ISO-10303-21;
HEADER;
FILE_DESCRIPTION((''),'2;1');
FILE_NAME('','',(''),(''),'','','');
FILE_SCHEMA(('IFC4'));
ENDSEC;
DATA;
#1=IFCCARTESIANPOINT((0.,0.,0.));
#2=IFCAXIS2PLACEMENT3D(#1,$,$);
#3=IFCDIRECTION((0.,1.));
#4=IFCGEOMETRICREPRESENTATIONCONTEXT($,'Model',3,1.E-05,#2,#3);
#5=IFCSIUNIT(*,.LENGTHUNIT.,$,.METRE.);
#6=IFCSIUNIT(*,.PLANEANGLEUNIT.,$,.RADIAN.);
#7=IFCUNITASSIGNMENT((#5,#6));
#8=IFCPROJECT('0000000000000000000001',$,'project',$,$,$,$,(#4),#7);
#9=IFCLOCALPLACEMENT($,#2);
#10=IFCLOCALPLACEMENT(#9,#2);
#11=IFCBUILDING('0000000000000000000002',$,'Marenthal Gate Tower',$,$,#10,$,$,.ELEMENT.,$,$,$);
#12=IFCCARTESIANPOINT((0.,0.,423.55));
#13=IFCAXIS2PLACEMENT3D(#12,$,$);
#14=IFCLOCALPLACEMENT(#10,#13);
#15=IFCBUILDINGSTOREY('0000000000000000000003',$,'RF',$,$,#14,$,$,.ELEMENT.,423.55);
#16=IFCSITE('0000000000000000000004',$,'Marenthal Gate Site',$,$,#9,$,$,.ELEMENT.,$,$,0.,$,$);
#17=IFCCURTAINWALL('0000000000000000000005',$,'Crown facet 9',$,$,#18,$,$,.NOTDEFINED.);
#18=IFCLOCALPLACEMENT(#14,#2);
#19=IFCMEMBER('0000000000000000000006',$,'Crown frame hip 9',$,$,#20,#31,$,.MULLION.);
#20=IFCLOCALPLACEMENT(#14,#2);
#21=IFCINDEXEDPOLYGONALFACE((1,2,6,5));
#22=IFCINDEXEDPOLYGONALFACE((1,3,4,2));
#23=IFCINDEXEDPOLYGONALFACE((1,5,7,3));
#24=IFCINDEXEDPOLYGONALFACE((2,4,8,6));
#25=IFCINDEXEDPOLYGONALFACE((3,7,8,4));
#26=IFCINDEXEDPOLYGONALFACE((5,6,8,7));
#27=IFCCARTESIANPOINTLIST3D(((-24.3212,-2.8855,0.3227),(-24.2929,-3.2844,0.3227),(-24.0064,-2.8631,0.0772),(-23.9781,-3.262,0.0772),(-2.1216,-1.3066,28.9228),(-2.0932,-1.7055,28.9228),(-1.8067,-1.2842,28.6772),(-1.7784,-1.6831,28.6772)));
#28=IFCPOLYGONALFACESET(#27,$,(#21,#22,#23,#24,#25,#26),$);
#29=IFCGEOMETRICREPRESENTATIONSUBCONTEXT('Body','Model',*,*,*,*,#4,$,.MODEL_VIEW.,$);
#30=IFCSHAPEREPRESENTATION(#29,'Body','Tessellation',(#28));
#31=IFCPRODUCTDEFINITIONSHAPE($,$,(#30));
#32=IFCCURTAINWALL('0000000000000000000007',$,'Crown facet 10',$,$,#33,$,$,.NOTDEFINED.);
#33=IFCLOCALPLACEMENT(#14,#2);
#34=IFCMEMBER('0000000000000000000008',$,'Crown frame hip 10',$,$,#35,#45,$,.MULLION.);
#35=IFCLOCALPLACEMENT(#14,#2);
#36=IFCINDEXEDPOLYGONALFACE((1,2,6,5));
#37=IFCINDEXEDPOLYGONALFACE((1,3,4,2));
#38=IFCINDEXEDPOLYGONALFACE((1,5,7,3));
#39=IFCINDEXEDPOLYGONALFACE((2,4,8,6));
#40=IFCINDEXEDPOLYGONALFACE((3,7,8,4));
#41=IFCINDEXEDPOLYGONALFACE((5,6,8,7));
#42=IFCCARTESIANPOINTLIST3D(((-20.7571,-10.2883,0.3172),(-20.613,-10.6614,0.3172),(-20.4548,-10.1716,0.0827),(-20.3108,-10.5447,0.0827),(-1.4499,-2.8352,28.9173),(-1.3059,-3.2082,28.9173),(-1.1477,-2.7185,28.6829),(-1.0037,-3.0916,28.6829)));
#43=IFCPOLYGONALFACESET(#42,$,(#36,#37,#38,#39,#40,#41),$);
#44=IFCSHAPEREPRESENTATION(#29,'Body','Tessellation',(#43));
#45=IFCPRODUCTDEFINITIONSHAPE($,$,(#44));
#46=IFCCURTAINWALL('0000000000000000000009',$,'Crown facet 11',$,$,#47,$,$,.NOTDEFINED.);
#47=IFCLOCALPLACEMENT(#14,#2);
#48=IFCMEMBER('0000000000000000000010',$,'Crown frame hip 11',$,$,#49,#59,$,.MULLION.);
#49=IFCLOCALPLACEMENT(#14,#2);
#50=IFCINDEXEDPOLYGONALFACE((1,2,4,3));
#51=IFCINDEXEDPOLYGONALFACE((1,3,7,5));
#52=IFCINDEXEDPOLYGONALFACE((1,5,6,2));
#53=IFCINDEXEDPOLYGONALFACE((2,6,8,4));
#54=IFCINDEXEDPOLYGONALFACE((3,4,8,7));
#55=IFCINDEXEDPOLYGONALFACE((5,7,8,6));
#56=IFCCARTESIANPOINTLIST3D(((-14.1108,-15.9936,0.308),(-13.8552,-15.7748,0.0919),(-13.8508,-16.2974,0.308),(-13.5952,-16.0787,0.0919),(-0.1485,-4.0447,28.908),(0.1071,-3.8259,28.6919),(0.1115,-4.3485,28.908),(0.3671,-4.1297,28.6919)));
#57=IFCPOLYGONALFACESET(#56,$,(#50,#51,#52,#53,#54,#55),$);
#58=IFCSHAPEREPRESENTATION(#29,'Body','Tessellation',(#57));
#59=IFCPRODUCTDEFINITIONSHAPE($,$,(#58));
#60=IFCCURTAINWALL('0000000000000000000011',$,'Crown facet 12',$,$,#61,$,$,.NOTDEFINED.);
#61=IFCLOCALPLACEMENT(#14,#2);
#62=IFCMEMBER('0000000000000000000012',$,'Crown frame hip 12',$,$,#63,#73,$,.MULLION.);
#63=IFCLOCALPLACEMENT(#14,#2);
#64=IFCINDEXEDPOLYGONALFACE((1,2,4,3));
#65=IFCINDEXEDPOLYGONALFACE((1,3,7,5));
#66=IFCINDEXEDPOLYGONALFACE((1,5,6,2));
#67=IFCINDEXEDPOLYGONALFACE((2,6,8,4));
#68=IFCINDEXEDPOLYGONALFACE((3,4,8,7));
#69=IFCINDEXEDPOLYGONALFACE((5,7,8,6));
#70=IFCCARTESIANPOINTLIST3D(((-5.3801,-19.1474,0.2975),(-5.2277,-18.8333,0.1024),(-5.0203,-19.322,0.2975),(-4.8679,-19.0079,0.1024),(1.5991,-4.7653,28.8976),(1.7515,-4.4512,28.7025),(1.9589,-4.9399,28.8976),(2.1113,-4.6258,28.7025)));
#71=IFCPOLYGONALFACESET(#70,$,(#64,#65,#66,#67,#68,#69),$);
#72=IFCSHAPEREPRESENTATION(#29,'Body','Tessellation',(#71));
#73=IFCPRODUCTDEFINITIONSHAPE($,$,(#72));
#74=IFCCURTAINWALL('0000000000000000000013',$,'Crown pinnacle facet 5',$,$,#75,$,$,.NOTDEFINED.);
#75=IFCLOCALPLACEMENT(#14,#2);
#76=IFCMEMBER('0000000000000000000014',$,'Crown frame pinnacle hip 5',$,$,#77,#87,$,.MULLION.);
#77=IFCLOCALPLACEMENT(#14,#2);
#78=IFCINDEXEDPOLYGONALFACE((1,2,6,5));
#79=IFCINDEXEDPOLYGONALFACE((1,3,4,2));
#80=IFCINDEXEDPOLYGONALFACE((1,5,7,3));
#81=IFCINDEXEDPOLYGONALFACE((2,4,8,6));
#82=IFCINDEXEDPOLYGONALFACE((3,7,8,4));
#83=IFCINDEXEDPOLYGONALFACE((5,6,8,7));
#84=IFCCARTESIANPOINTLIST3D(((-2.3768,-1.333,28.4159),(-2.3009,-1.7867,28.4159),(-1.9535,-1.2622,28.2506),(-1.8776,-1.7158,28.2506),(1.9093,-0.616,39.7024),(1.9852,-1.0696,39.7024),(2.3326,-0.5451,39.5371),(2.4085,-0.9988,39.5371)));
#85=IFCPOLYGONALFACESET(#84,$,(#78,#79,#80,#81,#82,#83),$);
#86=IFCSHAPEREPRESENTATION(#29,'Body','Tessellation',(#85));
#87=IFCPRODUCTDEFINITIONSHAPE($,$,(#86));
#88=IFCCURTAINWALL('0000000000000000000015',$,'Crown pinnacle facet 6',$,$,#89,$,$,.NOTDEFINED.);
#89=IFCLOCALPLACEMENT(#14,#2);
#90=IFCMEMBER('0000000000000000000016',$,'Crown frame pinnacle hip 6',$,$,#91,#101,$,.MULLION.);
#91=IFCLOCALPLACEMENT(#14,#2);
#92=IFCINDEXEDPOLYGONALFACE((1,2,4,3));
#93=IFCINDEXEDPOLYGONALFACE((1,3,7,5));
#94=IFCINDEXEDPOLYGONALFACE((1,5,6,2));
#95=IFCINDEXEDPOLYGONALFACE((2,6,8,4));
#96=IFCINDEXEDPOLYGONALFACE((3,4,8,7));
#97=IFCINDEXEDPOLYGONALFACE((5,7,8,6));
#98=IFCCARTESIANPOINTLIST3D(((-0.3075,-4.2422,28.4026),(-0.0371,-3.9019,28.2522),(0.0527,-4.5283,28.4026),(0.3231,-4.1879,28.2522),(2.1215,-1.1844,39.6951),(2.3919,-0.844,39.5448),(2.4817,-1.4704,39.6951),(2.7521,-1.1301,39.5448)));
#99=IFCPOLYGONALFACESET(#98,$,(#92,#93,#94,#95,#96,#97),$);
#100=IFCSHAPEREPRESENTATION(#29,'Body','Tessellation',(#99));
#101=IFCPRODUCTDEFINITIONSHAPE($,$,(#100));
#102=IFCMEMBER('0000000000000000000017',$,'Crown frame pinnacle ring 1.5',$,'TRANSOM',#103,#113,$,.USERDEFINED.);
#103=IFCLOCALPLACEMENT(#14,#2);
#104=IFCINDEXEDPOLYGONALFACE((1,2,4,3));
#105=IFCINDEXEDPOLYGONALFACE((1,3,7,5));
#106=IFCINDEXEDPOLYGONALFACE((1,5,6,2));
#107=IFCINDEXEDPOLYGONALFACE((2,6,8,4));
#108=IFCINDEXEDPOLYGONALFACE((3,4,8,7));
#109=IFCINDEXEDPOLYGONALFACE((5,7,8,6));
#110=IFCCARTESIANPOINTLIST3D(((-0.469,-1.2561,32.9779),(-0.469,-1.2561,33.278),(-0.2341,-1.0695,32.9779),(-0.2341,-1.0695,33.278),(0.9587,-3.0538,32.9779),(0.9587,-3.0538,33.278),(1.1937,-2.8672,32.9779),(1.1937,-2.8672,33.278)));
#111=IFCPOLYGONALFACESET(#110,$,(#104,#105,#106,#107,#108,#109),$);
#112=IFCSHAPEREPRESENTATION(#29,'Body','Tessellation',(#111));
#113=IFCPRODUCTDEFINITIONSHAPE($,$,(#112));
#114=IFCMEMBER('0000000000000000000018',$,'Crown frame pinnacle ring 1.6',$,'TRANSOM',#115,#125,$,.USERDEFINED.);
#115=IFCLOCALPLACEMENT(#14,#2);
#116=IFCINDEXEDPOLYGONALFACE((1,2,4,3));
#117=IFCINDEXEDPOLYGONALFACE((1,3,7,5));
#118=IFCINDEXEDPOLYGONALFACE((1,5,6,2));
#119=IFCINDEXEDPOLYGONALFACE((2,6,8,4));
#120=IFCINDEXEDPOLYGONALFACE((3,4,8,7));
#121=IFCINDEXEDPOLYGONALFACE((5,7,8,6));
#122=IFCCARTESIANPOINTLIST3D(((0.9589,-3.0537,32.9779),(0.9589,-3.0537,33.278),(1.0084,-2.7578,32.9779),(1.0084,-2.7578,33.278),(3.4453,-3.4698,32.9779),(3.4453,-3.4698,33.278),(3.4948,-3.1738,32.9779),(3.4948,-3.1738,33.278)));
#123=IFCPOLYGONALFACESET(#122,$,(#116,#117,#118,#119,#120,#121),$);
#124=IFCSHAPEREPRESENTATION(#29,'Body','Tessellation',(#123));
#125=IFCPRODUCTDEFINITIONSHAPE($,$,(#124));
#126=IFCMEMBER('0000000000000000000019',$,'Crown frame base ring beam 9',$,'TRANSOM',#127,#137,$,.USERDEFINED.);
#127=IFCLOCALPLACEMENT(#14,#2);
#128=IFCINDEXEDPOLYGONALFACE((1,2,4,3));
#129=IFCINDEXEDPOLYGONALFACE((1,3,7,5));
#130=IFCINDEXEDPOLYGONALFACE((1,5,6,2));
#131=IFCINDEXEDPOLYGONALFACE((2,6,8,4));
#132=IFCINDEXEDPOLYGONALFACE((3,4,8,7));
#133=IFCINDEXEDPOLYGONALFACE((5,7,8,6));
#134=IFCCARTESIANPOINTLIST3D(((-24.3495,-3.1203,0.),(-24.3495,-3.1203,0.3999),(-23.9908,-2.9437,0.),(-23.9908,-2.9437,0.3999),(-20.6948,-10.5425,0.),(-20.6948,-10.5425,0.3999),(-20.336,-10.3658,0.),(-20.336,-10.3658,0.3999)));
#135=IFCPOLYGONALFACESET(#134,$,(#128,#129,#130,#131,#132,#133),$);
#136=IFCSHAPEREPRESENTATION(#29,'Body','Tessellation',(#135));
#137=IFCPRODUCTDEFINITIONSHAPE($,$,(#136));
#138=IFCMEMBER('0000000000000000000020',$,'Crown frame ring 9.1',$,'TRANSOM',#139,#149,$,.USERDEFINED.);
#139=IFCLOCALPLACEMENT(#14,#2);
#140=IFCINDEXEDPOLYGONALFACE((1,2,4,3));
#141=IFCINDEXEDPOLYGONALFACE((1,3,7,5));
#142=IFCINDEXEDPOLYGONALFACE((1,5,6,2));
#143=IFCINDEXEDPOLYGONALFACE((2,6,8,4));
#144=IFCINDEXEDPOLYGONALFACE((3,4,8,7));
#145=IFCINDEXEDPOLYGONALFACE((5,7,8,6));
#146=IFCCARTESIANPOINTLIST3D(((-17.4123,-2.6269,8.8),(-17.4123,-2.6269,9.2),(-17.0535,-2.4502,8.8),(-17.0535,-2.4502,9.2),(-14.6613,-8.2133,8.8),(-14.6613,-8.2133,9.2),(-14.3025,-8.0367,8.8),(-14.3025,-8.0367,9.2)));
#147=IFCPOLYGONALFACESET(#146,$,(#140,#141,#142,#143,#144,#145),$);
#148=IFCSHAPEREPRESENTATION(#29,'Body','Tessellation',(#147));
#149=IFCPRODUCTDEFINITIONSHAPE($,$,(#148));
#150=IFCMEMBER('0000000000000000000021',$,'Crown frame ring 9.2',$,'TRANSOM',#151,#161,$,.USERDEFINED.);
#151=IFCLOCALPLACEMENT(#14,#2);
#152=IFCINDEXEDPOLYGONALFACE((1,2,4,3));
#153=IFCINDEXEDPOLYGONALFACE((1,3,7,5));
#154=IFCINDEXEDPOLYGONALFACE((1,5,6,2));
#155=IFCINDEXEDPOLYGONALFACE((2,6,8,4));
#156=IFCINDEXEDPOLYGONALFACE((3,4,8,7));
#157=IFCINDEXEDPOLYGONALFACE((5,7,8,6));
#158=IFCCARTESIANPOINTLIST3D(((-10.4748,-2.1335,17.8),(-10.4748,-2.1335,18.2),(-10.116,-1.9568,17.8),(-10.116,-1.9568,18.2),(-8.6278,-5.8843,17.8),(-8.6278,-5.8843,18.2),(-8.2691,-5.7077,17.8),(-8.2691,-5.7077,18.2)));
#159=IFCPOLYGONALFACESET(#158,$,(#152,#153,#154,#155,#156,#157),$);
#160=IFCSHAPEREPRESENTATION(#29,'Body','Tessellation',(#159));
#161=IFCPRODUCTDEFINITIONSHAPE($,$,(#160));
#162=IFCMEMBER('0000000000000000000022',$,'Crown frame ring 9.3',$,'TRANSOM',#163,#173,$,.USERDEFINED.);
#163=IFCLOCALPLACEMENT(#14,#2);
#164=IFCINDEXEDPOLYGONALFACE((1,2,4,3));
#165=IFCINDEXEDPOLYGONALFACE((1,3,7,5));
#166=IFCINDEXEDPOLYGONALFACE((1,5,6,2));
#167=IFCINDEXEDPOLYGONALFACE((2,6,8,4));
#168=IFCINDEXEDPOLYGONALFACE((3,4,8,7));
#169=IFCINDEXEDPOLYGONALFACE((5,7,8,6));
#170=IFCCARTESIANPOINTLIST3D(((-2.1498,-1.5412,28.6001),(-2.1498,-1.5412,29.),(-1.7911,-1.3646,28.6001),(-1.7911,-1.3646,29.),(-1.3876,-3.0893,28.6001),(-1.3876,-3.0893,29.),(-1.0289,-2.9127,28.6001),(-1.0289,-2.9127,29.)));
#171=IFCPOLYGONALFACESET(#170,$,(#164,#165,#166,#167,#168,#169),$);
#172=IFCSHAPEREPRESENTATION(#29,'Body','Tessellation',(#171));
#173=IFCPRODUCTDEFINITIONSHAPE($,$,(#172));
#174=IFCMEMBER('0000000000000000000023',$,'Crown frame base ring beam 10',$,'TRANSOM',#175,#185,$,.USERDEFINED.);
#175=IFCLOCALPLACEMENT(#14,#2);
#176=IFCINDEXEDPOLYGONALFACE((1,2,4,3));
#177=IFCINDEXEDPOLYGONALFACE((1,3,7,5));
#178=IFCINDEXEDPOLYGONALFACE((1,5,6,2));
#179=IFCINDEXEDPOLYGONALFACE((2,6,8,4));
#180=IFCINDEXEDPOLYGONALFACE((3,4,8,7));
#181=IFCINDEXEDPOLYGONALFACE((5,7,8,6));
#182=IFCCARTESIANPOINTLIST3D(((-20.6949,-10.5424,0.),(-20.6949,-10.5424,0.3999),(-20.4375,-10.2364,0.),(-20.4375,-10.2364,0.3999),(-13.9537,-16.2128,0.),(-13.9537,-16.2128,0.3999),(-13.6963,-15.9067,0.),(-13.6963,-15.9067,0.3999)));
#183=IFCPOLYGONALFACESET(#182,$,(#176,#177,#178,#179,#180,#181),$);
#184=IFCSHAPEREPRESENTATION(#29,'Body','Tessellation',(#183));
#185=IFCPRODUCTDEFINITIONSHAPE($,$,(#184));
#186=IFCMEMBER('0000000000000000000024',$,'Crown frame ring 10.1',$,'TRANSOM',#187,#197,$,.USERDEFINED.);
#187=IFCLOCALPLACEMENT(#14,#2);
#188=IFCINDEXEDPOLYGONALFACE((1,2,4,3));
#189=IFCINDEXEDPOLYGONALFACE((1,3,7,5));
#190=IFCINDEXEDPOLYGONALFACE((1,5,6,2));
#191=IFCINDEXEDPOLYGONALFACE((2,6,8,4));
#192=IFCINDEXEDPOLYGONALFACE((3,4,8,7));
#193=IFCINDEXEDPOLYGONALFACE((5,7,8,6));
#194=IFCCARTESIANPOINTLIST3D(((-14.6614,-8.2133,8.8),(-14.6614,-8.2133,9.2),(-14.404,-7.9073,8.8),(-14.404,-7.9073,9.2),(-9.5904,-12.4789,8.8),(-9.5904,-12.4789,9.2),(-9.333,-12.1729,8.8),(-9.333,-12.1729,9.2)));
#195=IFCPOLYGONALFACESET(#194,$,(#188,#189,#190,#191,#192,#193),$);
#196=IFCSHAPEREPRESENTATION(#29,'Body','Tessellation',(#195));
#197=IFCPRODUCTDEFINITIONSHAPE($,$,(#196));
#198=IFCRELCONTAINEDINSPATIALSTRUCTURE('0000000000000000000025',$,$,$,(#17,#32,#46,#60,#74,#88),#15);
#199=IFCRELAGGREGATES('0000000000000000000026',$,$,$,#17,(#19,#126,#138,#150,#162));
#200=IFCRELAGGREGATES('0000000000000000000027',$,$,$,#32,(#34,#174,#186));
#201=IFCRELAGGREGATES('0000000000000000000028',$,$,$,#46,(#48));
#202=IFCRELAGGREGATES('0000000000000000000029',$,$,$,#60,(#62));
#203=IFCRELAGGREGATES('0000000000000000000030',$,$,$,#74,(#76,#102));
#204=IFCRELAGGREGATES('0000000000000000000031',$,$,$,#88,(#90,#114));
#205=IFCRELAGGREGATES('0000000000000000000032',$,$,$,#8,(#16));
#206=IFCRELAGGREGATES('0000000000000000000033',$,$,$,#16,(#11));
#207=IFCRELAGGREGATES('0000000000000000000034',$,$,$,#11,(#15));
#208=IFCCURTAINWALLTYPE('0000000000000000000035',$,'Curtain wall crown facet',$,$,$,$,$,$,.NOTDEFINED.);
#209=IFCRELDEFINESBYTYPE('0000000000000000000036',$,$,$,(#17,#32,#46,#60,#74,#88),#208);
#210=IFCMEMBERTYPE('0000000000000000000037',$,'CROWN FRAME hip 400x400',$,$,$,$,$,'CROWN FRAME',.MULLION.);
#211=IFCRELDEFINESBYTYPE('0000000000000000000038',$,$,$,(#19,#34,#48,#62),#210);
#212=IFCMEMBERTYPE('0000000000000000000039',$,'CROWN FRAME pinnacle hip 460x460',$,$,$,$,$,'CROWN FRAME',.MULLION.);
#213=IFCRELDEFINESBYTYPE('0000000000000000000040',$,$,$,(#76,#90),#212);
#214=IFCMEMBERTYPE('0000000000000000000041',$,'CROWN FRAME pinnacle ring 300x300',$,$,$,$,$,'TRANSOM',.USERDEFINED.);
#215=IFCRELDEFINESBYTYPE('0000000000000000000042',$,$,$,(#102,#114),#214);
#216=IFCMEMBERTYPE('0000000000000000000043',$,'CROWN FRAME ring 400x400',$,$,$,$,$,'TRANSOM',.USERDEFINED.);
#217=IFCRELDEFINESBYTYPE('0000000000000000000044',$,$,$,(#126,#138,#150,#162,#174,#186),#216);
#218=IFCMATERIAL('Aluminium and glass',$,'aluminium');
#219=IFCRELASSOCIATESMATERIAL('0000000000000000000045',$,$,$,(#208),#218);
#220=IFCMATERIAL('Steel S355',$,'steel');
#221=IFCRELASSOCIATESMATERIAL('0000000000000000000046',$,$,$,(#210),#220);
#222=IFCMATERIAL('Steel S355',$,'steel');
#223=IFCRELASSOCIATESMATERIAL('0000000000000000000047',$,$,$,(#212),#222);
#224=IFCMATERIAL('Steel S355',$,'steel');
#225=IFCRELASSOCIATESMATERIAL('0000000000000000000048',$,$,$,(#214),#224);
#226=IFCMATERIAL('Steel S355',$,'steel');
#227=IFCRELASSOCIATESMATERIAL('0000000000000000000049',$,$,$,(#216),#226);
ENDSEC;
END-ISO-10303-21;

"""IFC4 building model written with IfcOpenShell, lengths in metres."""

from ifc_helpers import new_model, si_unit, direction, frame, origin, origin_2d, place, context, subcontext, project, spatial, rectangle, extrude, material, material_profile, profile_set, type_object, element, aggregate, save


model = new_model("IFC4")

# Units and contexts
model_context = context("Model", 3, precision=1e-05, world=origin(), true_north=direction((0.0, 1.0)))
body_context = subcontext(model_context, "Body", "Model", "MODEL_VIEW")
ifc_project = project(units=[si_unit("LENGTHUNIT", "METRE"), si_unit("PLANEANGLEUNIT", "RADIAN")], contexts=[model_context])

# Site, building, storey
site_placement = place(None, origin())
site = spatial("IfcSite", under=ifc_project, at=site_placement, Name="Marenthal Gate Site", CompositionType="ELEMENT", RefElevation=0.0)
building_placement = place(site_placement, origin())
building = spatial("IfcBuilding", under=site, at=building_placement, Name="Marenthal Gate Tower", CompositionType="ELEMENT")
storey_placement = place(building_placement, frame((0.0, 0.0, 423.55)))
storey = spatial("IfcBuildingStorey", under=building, at=storey_placement, Name="RF", CompositionType="ELEMENT", Elevation=423.55)

# Curtain walls, members
ifc_material_1 = material(Name="Aluminium and glass", Category="aluminium")
curtain_wall_type = type_object("IfcCurtainWallType", Name="Curtain wall crown facet", PredefinedType="NOTDEFINED", material=ifc_material_1)
curtain_wall_1_placement = place(storey_placement, origin())
curtain_wall_1 = element("IfcCurtainWall", 1, at=curtain_wall_1_placement, inside=storey, type_object=curtain_wall_type, Name="Crown facet 9", PredefinedType="NOTDEFINED")
ifc_material_2 = material(Name="Steel S355", Category="steel")
ifc_material_profile_1 = material_profile(ifc_material_2, rectangle(XDim=0.3999, YDim=0.3999, at=origin_2d()), Name="Crown frame hip 400x400")
ifc_profile_set_1 = profile_set([ifc_material_profile_1], Name="Steel S355")
member_type_1 = type_object("IfcMemberType", Name="CROWN FRAME hip 400x400", ElementType="CROWN FRAME", PredefinedType="MULLION", material=ifc_profile_set_1)
member_1_placement = place(storey_placement, frame((-24.1497, -3.0737, 0.2), z_axis=(0.612587, 0.043568, 0.789202), x_axis=(-0.070941, 0.99748, 0.0)))
member_1 = element("IfcMember", 2, at=member_1_placement, type_object=member_type_1, Name="Crown frame hip 9", PredefinedType="MULLION", context=body_context, shape_type="SweptSolid", body=[
    extrude(rectangle(XDim=0.3999, YDim=0.3999, at=origin_2d()), origin(), (0.0, 0.0, 1.0), 36.2393),
])
curtain_wall_2_placement = place(storey_placement, origin())
curtain_wall_2 = element("IfcCurtainWall", 3, at=curtain_wall_2_placement, inside=storey, type_object=curtain_wall_type, Name="Crown facet 10", PredefinedType="NOTDEFINED")
member_2_placement = place(storey_placement, frame((-20.5339, -10.4165, 0.2), z_axis=(0.546902, 0.211121, 0.810139), x_axis=(-0.360128, 0.932903, 0.0)))
member_2 = element("IfcMember", 4, at=member_2_placement, type_object=member_type_1, Name="Crown frame hip 10", PredefinedType="MULLION", context=body_context, shape_type="SweptSolid", body=[
    extrude(rectangle(XDim=0.3999, YDim=0.3999, at=origin_2d()), origin(), (0.0, 0.0, 1.0), 35.3027),
])
curtain_wall_3_placement = place(storey_placement, origin())
curtain_wall_3 = element("IfcCurtainWall", 5, at=curtain_wall_3_placement, inside=storey, type_object=curtain_wall_type, Name="Crown facet 11", PredefinedType="NOTDEFINED")
member_3_placement = place(storey_placement, frame((-13.853, -16.0361, 0.2), z_axis=(0.410714, 0.351487, 0.841291), x_axis=(-0.650201, 0.759762, 0.0)))
member_3 = element("IfcMember", 6, at=member_3_placement, type_object=member_type_1, Name="Crown frame hip 11", PredefinedType="MULLION", context=body_context, shape_type="SweptSolid", body=[
    extrude(rectangle(XDim=0.3999, YDim=0.3999, at=origin_2d()), origin(), (0.0, 0.0, 1.0), 33.9954),
])
curtain_wall_4_placement = place(storey_placement, origin())
curtain_wall_4 = element("IfcCurtainWall", 7, at=curtain_wall_4_placement, inside=storey, type_object=curtain_wall_type, Name="Crown facet 12", PredefinedType="NOTDEFINED")
member_4_placement = place(storey_placement, frame((-5.124, -19.0776, 0.2), z_axis=(0.213012, 0.438952, 0.872896), x_axis=(-0.899664, 0.436583, 0.0)))
member_4 = element("IfcMember", 8, at=member_4_placement, type_object=member_type_1, Name="Crown frame hip 12", PredefinedType="MULLION", context=body_context, shape_type="SweptSolid", body=[
    extrude(rectangle(XDim=0.3999, YDim=0.3999, at=origin_2d()), origin(), (0.0, 0.0, 1.0), 32.7646),
])
curtain_wall_5_placement = place(storey_placement, origin())
curtain_wall_5 = element("IfcCurtainWall", 9, at=curtain_wall_5_placement, inside=storey, type_object=curtain_wall_type, Name="Crown pinnacle facet 5", PredefinedType="NOTDEFINED")
ifc_material_3 = material(Name="Steel S355", Category="steel")
ifc_material_profile_2 = material_profile(ifc_material_3, rectangle(XDim=0.46, YDim=0.46, at=origin_2d()), Name="Crown frame pinnacle hip 460x460")
ifc_profile_set_2 = profile_set([ifc_material_profile_2], Name="Steel S355")
member_type_2 = type_object("IfcMemberType", Name="CROWN FRAME pinnacle hip 460x460", ElementType="CROWN FRAME", PredefinedType="MULLION", material=ifc_profile_set_2)
member_5_placement = place(storey_placement, frame((-2.1272, -1.5244, 28.3333), z_axis=(0.354392, 0.059287, 0.933216), x_axis=(-0.165, 0.986294, 0.0)))
member_5 = element("IfcMember", 10, at=member_5_placement, type_object=member_type_2, Name="Crown frame pinnacle hip 5", PredefinedType="MULLION", context=body_context, shape_type="SweptSolid", body=[
    extrude(rectangle(XDim=0.46, YDim=0.46, at=origin_2d()), origin(), (0.0, 0.0, 1.0), 12.0942),
])
curtain_wall_6_placement = place(storey_placement, origin())
curtain_wall_6 = element("IfcCurtainWall", 11, at=curtain_wall_6_placement, inside=storey, type_object=curtain_wall_type, Name="Crown pinnacle facet 6", PredefinedType="NOTDEFINED")
member_6_placement = place(storey_placement, frame((0.0078, -4.2151, 28.3274), z_axis=(0.203283, 0.255917, 0.945083), x_axis=(-0.783029, 0.621985, 0.0)))
member_6 = element("IfcMember", 12, at=member_6_placement, type_object=member_type_2, Name="Crown frame pinnacle hip 6", PredefinedType="MULLION", context=body_context, shape_type="SweptSolid", body=[
    extrude(rectangle(XDim=0.46, YDim=0.46, at=origin_2d()), origin(), (0.0, 0.0, 1.0), 11.9487),
])

# Members
ifc_material_4 = material(Name="Steel S355", Category="steel")
ifc_material_profile_3 = material_profile(ifc_material_4, rectangle(XDim=0.3, YDim=0.3, at=origin_2d()), Name="Crown frame pinnacle ring 300x300")
ifc_profile_set_3 = profile_set([ifc_material_profile_3], Name="Steel S355")
member_type_3 = type_object("IfcMemberType", Name="CROWN FRAME pinnacle ring 300x300", ElementType="TRANSOM", PredefinedType="USERDEFINED", material=ifc_profile_set_3)
member_7_placement = place(storey_placement, frame((-0.3516, -1.1628, 33.1279), z_axis=(0.621942, -0.783064, 0.0), x_axis=(0.783064, 0.621942, 0.0)))
member_7 = element("IfcMember", 13, at=member_7_placement, type_object=member_type_3, Name="Crown frame pinnacle ring 1.5", ObjectType="TRANSOM", PredefinedType="USERDEFINED", context=body_context, shape_type="SweptSolid", body=[
    extrude(rectangle(XDim=0.3, YDim=0.3, at=origin_2d()), origin(), (0.0, 0.0, 1.0), 2.2957),
])
member_8_placement = place(storey_placement, frame((0.9836, -2.9058, 33.1279), z_axis=(0.986289, -0.165027, 0.0), x_axis=(0.165027, 0.986289, 0.0)))
member_8 = element("IfcMember", 14, at=member_8_placement, type_object=member_type_3, Name="Crown frame pinnacle ring 1.6", ObjectType="TRANSOM", PredefinedType="USERDEFINED", context=body_context, shape_type="SweptSolid", body=[
    extrude(rectangle(XDim=0.3, YDim=0.3, at=origin_2d()), origin(), (0.0, 0.0, 1.0), 2.521),
])
ifc_material_5 = material(Name="Steel S355", Category="steel")
ifc_material_profile_4 = material_profile(ifc_material_5, rectangle(XDim=0.3999, YDim=0.3999, at=origin_2d()), Name="Crown frame ring 400x400")
ifc_profile_set_4 = profile_set([ifc_material_profile_4], Name="Steel S355")
member_type_4 = type_object("IfcMemberType", Name="CROWN FRAME ring 400x400", ElementType="TRANSOM", PredefinedType="USERDEFINED", material=ifc_profile_set_4)
member_9_placement = place(storey_placement, frame((-24.1702, -3.032, 0.2), z_axis=(0.441764, -0.897131, 0.0), x_axis=(0.897131, 0.441764, 0.0)))
member_9 = element("IfcMember", 15, at=member_9_placement, type_object=member_type_4, Name="Crown frame base ring beam 9", ObjectType="TRANSOM", PredefinedType="USERDEFINED", context=body_context, shape_type="SweptSolid", body=[
    extrude(rectangle(XDim=0.3999, YDim=0.3999, at=origin_2d()), origin(), (0.0, 0.0, 1.0), 8.2732),
])
member_10_placement = place(storey_placement, frame((-17.2329, -2.5386, 9.0), z_axis=(0.441779, -0.897124, 0.0), x_axis=(0.897124, 0.441779, 0.0)))
member_10 = element("IfcMember", 16, at=member_10_placement, type_object=member_type_4, Name="Crown frame ring 9.1", ObjectType="TRANSOM", PredefinedType="USERDEFINED", context=body_context, shape_type="SweptSolid", body=[
    extrude(rectangle(XDim=0.3999, YDim=0.3999, at=origin_2d()), origin(), (0.0, 0.0, 1.0), 6.2271),
])
member_11_placement = place(storey_placement, frame((-10.2954, -2.0452, 18.0), z_axis=(0.441763, -0.897132, 0.0), x_axis=(0.897132, 0.441763, 0.0)))
member_11 = element("IfcMember", 17, at=member_11_placement, type_object=member_type_4, Name="Crown frame ring 9.2", ObjectType="TRANSOM", PredefinedType="USERDEFINED", context=body_context, shape_type="SweptSolid", body=[
    extrude(rectangle(XDim=0.3999, YDim=0.3999, at=origin_2d()), origin(), (0.0, 0.0, 1.0), 4.1809),
])
member_12_placement = place(storey_placement, frame((-1.9705, -1.4529, 28.8), z_axis=(0.441716, -0.897155, 0.0), x_axis=(0.897155, 0.441716, 0.0)))
member_12 = element("IfcMember", 18, at=member_12_placement, type_object=member_type_4, Name="Crown frame ring 9.3", ObjectType="TRANSOM", PredefinedType="USERDEFINED", context=body_context, shape_type="SweptSolid", body=[
    extrude(rectangle(XDim=0.3999, YDim=0.3999, at=origin_2d()), origin(), (0.0, 0.0, 1.0), 1.7256),
])
member_13_placement = place(storey_placement, frame((-20.5662, -10.3894, 0.2), z_axis=(0.765269, -0.643711, 0.0), x_axis=(0.643711, 0.765269, 0.0)))
member_13 = element("IfcMember", 19, at=member_13_placement, type_object=member_type_4, Name="Crown frame base ring beam 10", ObjectType="TRANSOM", PredefinedType="USERDEFINED", context=body_context, shape_type="SweptSolid", body=[
    extrude(rectangle(XDim=0.3999, YDim=0.3999, at=origin_2d()), origin(), (0.0, 0.0, 1.0), 8.8088),
])
member_14_placement = place(storey_placement, frame((-14.5327, -8.0603, 9.0), z_axis=(0.765263, -0.643718, 0.0), x_axis=(0.643718, 0.765263, 0.0)))
member_14 = element("IfcMember", 20, at=member_14_placement, type_object=member_type_4, Name="Crown frame ring 10.1", ObjectType="TRANSOM", PredefinedType="USERDEFINED", context=body_context, shape_type="SweptSolid", body=[
    extrude(rectangle(XDim=0.3999, YDim=0.3999, at=origin_2d()), origin(), (0.0, 0.0, 1.0), 6.6265),
])

aggregate(curtain_wall_1, [member_1, member_9, member_10, member_11, member_12])
aggregate(curtain_wall_2, [member_2, member_13, member_14])
aggregate(curtain_wall_3, [member_3])
aggregate(curtain_wall_4, [member_4])
aggregate(curtain_wall_5, [member_5, member_7])
aggregate(curtain_wall_6, [member_6, member_8])

save(model, "model.ifc")
